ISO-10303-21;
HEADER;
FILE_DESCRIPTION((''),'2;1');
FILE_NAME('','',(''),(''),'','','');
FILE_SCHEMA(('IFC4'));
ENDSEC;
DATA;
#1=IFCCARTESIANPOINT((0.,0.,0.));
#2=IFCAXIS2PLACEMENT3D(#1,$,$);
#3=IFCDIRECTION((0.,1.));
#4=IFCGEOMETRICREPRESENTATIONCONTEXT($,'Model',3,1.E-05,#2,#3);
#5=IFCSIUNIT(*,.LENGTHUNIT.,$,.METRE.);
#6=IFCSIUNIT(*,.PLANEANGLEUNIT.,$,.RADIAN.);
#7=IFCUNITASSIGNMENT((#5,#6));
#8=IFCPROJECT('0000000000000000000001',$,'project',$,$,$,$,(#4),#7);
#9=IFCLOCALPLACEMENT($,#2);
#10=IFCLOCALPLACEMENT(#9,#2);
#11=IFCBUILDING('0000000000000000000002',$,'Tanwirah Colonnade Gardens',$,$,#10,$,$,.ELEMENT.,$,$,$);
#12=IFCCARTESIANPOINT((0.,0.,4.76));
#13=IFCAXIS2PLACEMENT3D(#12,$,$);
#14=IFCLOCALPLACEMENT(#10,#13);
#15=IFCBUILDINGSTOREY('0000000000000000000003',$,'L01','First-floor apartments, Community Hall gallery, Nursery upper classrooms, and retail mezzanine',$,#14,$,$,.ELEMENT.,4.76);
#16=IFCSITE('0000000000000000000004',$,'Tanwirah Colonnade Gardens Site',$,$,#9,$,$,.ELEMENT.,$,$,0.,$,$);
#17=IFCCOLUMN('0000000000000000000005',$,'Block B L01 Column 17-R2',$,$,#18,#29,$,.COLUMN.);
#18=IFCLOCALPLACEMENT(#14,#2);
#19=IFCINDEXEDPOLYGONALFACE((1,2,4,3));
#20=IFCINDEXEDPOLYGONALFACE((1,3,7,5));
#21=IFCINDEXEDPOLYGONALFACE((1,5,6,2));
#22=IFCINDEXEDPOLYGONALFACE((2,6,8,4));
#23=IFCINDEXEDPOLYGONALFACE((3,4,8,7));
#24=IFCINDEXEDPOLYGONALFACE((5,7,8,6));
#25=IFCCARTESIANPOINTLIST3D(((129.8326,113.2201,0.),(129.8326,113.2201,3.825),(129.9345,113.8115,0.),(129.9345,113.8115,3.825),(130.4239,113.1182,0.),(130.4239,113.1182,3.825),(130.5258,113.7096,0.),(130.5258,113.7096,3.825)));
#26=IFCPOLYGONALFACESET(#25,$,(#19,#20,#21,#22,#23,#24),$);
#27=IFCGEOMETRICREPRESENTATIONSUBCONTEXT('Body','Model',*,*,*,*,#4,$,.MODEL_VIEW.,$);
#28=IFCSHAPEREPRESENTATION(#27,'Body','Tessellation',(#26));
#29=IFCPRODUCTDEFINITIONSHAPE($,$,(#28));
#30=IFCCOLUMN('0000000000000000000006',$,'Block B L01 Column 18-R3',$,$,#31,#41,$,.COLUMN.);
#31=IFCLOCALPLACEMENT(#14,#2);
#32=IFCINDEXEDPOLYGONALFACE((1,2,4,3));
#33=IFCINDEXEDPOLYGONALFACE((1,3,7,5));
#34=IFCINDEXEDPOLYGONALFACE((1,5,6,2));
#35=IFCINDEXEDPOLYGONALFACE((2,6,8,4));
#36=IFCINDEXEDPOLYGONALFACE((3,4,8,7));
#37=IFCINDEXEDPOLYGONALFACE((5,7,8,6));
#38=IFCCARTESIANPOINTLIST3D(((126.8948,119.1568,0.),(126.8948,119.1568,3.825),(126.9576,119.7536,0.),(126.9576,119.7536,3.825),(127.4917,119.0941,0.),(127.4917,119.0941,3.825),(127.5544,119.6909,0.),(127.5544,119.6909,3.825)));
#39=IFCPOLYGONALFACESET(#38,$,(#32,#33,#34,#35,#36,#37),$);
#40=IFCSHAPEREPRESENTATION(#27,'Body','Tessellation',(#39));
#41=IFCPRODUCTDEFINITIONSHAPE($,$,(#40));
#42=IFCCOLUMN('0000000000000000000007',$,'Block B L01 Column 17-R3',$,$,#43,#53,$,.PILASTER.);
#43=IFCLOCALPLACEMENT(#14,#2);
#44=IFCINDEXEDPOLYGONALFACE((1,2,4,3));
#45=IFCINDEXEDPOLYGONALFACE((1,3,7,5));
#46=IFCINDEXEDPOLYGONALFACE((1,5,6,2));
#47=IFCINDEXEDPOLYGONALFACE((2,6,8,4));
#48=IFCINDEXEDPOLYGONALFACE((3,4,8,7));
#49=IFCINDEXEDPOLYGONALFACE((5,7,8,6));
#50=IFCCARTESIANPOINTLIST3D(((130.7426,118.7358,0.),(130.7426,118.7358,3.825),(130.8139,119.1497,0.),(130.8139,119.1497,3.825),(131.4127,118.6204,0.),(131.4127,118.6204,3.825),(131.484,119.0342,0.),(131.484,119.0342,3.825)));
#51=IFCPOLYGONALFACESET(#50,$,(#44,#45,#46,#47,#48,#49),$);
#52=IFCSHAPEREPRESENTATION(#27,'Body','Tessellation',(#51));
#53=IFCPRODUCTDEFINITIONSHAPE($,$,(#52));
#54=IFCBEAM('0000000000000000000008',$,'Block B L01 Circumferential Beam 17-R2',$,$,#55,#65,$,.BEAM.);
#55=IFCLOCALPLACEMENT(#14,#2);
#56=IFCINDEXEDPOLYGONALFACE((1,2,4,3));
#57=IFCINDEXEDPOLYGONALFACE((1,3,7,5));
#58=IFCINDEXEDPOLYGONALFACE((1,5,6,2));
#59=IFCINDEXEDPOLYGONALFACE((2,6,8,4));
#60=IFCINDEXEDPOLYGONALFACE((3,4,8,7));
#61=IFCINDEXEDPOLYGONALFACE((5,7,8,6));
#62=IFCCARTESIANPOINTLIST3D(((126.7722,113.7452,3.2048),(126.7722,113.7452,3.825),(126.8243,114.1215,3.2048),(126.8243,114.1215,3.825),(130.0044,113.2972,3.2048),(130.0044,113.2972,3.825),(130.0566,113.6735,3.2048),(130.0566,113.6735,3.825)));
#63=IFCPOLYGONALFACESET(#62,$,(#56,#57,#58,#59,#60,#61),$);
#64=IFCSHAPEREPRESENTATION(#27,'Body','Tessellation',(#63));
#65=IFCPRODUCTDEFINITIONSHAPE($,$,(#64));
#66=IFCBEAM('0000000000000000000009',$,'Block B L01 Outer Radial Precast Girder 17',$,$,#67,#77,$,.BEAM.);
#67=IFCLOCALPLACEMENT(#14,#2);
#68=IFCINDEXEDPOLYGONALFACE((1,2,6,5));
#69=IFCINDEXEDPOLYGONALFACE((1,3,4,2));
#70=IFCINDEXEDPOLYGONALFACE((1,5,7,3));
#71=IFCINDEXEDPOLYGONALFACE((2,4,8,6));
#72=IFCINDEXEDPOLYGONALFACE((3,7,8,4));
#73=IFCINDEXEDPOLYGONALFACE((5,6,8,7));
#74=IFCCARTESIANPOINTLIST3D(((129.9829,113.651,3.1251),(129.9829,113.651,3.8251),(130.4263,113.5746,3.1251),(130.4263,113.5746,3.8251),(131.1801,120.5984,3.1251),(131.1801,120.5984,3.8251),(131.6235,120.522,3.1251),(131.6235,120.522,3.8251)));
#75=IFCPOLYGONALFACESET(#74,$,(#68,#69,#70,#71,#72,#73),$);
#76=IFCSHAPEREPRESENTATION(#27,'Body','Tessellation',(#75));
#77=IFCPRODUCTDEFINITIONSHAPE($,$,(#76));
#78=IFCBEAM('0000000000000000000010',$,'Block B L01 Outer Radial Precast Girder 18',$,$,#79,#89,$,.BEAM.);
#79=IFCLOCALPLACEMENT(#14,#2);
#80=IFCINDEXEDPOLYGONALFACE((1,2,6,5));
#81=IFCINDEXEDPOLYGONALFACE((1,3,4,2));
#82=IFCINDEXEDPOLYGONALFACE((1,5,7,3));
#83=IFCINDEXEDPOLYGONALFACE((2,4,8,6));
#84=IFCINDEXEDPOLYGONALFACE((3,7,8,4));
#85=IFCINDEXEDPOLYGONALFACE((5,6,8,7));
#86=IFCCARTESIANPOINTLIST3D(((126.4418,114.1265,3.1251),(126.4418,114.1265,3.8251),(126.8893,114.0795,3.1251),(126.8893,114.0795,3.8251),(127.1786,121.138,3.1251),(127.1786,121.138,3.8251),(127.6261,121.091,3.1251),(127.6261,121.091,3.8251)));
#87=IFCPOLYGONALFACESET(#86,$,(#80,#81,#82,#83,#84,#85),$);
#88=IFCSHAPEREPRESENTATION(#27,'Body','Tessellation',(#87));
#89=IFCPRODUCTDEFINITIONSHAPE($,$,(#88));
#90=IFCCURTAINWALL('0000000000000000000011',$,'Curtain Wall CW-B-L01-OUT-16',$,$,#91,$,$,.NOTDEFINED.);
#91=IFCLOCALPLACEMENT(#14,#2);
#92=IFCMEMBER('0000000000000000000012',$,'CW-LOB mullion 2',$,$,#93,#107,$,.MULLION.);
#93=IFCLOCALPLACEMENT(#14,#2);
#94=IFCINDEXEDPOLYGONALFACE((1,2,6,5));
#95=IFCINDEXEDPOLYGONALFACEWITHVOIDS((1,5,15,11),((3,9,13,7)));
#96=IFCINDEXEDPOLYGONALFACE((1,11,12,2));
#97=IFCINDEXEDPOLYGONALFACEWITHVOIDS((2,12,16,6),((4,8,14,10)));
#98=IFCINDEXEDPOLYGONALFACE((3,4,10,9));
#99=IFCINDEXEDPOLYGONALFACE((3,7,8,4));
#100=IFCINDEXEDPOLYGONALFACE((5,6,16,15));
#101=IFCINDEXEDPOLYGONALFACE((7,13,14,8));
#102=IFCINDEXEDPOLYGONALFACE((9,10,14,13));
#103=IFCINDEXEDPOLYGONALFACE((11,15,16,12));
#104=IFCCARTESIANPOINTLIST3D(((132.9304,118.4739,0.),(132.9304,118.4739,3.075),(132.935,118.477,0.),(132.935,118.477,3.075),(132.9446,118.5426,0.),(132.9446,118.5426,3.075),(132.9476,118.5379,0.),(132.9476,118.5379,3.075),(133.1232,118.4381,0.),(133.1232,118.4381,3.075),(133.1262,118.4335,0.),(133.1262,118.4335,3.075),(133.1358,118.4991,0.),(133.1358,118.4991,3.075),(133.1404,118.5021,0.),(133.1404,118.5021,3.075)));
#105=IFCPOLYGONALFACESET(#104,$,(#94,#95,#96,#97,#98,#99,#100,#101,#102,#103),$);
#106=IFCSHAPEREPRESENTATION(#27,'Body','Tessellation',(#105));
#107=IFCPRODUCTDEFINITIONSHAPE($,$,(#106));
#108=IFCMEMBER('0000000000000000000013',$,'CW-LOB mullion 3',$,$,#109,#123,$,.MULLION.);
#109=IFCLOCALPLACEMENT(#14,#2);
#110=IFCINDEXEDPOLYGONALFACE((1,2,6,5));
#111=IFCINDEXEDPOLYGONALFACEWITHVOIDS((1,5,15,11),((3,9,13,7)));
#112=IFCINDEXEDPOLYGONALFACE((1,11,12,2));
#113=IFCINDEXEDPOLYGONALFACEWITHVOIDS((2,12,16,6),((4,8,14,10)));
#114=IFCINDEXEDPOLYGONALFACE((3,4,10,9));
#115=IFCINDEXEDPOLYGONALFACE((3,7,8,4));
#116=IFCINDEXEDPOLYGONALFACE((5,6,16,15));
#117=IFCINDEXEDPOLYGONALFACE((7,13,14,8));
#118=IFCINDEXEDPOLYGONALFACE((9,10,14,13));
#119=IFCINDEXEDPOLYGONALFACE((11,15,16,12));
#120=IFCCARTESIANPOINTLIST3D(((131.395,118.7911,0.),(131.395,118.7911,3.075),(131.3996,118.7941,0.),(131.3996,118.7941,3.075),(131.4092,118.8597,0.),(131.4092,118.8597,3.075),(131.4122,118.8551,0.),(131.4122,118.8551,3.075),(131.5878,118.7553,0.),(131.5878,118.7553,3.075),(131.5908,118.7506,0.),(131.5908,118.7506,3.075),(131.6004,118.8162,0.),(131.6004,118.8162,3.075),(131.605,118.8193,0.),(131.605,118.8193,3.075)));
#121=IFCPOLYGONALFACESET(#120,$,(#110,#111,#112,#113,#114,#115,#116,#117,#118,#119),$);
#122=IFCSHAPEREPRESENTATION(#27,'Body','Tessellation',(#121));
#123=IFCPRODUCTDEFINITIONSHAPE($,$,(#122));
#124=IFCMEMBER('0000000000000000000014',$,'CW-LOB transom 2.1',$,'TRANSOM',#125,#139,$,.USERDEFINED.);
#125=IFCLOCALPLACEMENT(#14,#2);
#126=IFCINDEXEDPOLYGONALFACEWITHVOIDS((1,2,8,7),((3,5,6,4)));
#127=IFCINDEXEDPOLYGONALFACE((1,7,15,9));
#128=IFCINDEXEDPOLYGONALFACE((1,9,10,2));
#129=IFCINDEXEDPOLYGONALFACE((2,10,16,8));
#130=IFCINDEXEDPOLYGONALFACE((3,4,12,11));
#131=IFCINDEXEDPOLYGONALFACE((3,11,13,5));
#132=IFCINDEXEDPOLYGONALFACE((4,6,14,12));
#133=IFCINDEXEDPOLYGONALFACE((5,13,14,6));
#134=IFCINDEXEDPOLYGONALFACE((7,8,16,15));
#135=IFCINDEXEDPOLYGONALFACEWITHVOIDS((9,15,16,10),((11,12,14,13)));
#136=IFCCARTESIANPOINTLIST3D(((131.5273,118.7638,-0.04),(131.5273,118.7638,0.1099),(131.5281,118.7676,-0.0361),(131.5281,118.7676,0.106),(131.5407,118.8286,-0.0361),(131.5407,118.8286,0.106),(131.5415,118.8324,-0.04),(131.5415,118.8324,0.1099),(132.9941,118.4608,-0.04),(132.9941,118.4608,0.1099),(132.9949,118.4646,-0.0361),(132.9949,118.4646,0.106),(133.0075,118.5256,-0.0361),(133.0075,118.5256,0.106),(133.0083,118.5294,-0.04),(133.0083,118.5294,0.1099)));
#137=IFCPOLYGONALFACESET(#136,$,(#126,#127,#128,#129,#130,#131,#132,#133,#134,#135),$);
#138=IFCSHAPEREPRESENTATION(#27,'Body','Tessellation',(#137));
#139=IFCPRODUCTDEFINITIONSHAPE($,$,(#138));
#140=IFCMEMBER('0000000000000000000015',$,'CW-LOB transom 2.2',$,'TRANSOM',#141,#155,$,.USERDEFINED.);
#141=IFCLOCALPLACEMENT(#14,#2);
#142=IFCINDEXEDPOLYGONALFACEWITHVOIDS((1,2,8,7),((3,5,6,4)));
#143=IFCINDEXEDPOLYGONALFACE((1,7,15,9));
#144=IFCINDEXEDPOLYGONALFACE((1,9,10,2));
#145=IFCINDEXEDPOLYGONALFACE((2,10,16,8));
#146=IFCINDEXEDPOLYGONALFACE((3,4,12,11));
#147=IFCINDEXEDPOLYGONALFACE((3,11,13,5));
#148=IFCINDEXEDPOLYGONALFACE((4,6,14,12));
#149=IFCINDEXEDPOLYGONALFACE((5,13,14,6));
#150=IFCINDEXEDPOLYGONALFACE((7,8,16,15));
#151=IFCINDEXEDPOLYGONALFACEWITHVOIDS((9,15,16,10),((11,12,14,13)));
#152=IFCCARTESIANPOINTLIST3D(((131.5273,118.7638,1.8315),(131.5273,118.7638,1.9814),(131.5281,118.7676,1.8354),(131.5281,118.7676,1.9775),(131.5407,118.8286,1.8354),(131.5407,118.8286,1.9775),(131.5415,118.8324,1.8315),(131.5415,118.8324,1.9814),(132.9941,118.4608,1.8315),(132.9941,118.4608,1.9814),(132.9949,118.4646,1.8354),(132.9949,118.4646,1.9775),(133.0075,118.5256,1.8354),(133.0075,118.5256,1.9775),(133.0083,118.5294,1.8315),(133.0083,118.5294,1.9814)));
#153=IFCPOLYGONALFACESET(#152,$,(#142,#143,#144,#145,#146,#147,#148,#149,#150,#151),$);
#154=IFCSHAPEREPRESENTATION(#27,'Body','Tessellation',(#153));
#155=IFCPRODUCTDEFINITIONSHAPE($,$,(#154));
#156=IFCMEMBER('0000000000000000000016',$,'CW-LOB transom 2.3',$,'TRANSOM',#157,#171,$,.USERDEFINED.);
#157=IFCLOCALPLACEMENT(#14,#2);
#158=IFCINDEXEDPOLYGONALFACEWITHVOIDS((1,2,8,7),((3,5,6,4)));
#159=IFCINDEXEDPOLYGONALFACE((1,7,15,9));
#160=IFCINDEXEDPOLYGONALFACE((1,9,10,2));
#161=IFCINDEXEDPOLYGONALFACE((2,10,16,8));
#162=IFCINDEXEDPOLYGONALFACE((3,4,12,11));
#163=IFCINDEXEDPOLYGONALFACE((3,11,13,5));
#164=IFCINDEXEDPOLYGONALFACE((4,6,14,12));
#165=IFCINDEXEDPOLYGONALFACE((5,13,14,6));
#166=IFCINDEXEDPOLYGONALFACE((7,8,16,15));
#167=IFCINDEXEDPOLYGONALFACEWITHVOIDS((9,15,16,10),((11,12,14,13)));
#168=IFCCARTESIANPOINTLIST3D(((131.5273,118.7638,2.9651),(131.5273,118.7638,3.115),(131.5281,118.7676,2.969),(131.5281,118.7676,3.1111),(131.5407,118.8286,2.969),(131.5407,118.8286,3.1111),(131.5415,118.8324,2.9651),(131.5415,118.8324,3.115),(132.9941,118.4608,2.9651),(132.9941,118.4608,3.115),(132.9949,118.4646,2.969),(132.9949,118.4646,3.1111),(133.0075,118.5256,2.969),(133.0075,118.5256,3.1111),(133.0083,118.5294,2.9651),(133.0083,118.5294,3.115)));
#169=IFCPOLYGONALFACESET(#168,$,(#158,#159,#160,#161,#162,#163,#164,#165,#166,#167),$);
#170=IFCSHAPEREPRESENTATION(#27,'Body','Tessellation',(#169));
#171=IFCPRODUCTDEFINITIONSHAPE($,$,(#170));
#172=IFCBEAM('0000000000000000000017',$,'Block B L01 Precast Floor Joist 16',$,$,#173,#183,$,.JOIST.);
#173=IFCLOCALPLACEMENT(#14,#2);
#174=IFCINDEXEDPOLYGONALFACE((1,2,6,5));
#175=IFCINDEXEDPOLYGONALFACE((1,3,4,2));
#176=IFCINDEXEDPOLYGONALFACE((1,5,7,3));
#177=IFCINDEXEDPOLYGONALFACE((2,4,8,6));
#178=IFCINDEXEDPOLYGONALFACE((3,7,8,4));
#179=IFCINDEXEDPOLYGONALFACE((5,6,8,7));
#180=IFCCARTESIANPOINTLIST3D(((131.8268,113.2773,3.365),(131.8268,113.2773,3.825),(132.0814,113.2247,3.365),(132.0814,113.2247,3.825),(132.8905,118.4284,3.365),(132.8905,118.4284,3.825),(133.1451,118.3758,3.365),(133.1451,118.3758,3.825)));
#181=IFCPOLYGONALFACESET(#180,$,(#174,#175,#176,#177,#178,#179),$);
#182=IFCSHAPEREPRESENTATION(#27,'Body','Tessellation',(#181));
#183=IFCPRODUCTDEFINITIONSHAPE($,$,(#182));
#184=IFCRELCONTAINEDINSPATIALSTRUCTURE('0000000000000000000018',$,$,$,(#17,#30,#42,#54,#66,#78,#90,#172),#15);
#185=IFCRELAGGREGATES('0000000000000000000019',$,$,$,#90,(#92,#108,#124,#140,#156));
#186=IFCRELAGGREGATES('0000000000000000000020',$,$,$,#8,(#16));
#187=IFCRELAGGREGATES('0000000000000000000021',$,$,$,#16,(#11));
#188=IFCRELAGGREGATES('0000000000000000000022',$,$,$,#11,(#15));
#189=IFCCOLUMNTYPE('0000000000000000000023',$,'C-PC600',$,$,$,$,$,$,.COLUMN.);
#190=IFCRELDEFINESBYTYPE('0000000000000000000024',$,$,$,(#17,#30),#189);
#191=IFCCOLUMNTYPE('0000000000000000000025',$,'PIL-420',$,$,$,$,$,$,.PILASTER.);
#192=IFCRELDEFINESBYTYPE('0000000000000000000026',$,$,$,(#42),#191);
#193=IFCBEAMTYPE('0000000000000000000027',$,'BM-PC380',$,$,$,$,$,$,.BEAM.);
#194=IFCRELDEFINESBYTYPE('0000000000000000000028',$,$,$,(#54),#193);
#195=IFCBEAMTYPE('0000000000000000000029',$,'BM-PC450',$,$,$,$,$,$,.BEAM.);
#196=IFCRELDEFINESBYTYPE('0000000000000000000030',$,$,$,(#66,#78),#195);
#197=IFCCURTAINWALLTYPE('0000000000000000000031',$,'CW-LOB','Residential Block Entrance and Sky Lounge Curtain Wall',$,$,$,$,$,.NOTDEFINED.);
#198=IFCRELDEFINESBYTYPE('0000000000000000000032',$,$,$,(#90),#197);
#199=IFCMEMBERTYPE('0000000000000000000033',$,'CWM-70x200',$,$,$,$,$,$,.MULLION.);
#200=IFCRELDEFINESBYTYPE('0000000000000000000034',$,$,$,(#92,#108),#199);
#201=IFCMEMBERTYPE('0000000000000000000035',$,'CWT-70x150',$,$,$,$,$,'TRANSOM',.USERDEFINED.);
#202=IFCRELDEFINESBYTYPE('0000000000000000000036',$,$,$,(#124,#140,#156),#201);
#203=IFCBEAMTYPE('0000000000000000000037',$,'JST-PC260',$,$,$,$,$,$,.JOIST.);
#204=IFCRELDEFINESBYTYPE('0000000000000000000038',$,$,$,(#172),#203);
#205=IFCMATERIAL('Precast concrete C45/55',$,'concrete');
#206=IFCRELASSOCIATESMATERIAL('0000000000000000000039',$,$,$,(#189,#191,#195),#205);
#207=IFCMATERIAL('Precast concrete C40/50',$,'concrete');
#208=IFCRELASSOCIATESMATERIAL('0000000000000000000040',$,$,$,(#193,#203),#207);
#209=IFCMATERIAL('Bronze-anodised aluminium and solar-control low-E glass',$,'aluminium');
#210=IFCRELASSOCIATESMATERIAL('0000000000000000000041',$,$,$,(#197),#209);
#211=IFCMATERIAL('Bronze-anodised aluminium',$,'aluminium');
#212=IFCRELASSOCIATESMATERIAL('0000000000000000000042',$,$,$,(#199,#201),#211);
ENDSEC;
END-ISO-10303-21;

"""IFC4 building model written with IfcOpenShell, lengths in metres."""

from ifc_helpers import new_model, si_unit, direction, frame, origin, origin_2d, place, context, subcontext, project, spatial, rectangle, hollow_rectangle, extrude, material, material_profile, profile_set, type_object, element, aggregate, save


model = new_model("IFC4")

# Units and contexts
model_context = context("Model", 3, precision=1e-05, world=origin(), true_north=direction((0.0, 1.0)))
body_context = subcontext(model_context, "Body", "Model", "MODEL_VIEW")
ifc_project = project(units=[si_unit("LENGTHUNIT", "METRE"), si_unit("PLANEANGLEUNIT", "RADIAN")], contexts=[model_context])

# Site, building, storey
site_placement = place(None, origin())
site = spatial("IfcSite", under=ifc_project, at=site_placement, Name="Tanwirah Colonnade Gardens Site", CompositionType="ELEMENT", RefElevation=0.0)
building_placement = place(site_placement, origin())
building = spatial("IfcBuilding", under=site, at=building_placement, Name="Tanwirah Colonnade Gardens", CompositionType="ELEMENT")
storey_placement = place(building_placement, frame((0.0, 0.0, 4.76)))
storey = spatial("IfcBuildingStorey", under=building, at=storey_placement, Name="L01", Description="First-floor apartments, Community Hall gallery, Nursery upper classrooms, and retail mezzanine", CompositionType="ELEMENT", Elevation=4.76)

# Columns
ifc_material_1 = material(Name="Precast concrete C45/55", Category="concrete")
ifc_material_profile_1 = material_profile(ifc_material_1, rectangle(XDim=0.6001, YDim=0.6001, at=origin_2d()), Name="PC-COL 600x600")
ifc_profile_set_1 = profile_set([ifc_material_profile_1], Name="Precast concrete C45/55")
column_type_1 = type_object("IfcColumnType", Name="C-PC600", PredefinedType="COLUMN", material=ifc_profile_set_1)
for number, where, z_axis, x_axis, name in (
    (1, (130.1792, 113.4648, 0.0), (0.0, 0.0, 1.0), (0.169827, 0.985474, 0.0), "Block B L01 Column 17-R2"),
    (2, (127.2246, 119.4238, 0.0), (0.0, 0.0, 1.0), (0.104528, 0.994522, 0.0), "Block B L01 Column 18-R3"),
):
    element("IfcColumn", number, at=place(storey_placement, frame(where, z_axis=z_axis, x_axis=x_axis)), inside=storey, type_object=column_type_1, Name=name, PredefinedType="COLUMN", context=body_context, shape_type="SweptSolid", body=[
        extrude(rectangle(XDim=0.6001, YDim=0.6001, at=origin_2d()), origin(), (0.0, 0.0, 1.0), 3.825),
    ])
ifc_material_profile_2 = material_profile(ifc_material_1, rectangle(XDim=0.4199, YDim=0.6799, at=origin_2d()), Name="PC-PIL 420x680")
ifc_profile_set_2 = profile_set([ifc_material_profile_2], Name="Precast concrete C45/55")
column_type_2 = type_object("IfcColumnType", Name="PIL-420", PredefinedType="PILASTER", material=ifc_profile_set_2)
column_placement = place(storey_placement, frame((131.1133, 118.885, 0.0), z_axis=(0.0, 0.0, 1.0), x_axis=(0.169827, 0.985474, 0.0)))
element("IfcColumn", 3, at=column_placement, inside=storey, type_object=column_type_2, Name="Block B L01 Column 17-R3", PredefinedType="PILASTER", context=body_context, shape_type="SweptSolid", body=[
    extrude(rectangle(XDim=0.4199, YDim=0.6799, at=origin_2d()), origin(), (0.0, 0.0, 1.0), 3.825),
])

# Beams
ifc_material_2 = material(Name="Precast concrete C40/50", Category="concrete")
ifc_material_profile_3 = material_profile(ifc_material_2, rectangle(XDim=0.3799, YDim=0.6201, at=origin_2d()), Name="PC-BM 380x620")
ifc_profile_set_3 = profile_set([ifc_material_profile_3], Name="Precast concrete C40/50")
beam_type_1 = type_object("IfcBeamType", Name="BM-PC380", PredefinedType="BEAM", material=ifc_profile_set_3)
beam_1_placement = place(storey_placement, frame((130.0305, 113.4854, 3.5149), z_axis=(-0.99053, 0.137293, 0.0), x_axis=(-0.137293, -0.99053, 0.0)))
element("IfcBeam", 4, at=beam_1_placement, inside=storey, type_object=beam_type_1, Name="Block B L01 Circumferential Beam 17-R2", PredefinedType="BEAM", context=body_context, shape_type="SweptSolid", body=[
    extrude(rectangle(XDim=0.3799, YDim=0.6201, at=origin_2d()), origin(), (0.0, 0.0, 1.0), 3.2632),
])
ifc_material_profile_4 = material_profile(ifc_material_1, rectangle(XDim=0.45, YDim=0.7, at=origin_2d()), Name="PC-BM 450x700")
ifc_profile_set_4 = profile_set([ifc_material_profile_4], Name="Precast concrete C45/55")
beam_type_2 = type_object("IfcBeamType", Name="BM-PC450", PredefinedType="BEAM", material=ifc_profile_set_4)
beam_2_placement = place(storey_placement, frame((130.2046, 113.6128, 3.4751), z_axis=(0.169827, 0.985474, 0.0), x_axis=(-0.985474, 0.169827, 0.0)))
element("IfcBeam", 5, at=beam_2_placement, inside=storey, type_object=beam_type_2, Name="Block B L01 Outer Radial Precast Girder 17", PredefinedType="BEAM", context=body_context, shape_type="SweptSolid", body=[
    extrude(rectangle(XDim=0.45, YDim=0.7, at=origin_2d()), origin(), (0.0, 0.0, 1.0), 7.0498),
])
beam_3_placement = place(storey_placement, frame((126.6655, 114.103, 3.4751), z_axis=(0.104512, 0.994524, 0.0), x_axis=(-0.994524, 0.104512, 0.0)))
element("IfcBeam", 6, at=beam_3_placement, inside=storey, type_object=beam_type_2, Name="Block B L01 Outer Radial Precast Girder 18", PredefinedType="BEAM", context=body_context, shape_type="SweptSolid", body=[
    extrude(rectangle(XDim=0.45, YDim=0.7, at=origin_2d()), origin(), (0.0, 0.0, 1.0), 7.05),
])

# Curtain wall, members
ifc_material_3 = material(Name="Bronze-anodised aluminium and solar-control low-E glass", Category="aluminium")
curtain_wall_type = type_object("IfcCurtainWallType", Name="CW-LOB", Description="Residential Block Entrance and Sky Lounge Curtain Wall", PredefinedType="NOTDEFINED", material=ifc_material_3)
curtain_wall_placement = place(storey_placement, origin())
curtain_wall = element("IfcCurtainWall", 7, at=curtain_wall_placement, inside=storey, type_object=curtain_wall_type, Name="Curtain Wall CW-B-L01-OUT-16", PredefinedType="NOTDEFINED")
ifc_material_4 = material(Name="Bronze-anodised aluminium", Category="aluminium")
ifc_material_profile_5 = material_profile(ifc_material_4, hollow_rectangle(XDim=0.0701, YDim=0.2, WallThickness=0.0039, at=origin_2d()), Name="CW-MUL 70x200x4")
ifc_profile_set_5 = profile_set([ifc_material_profile_5], Name="Bronze-anodised aluminium")
member_type_1 = type_object("IfcMemberType", Name="CWM-70x200", PredefinedType="MULLION", material=ifc_profile_set_5)
member_1_placement = place(storey_placement, frame((133.0354, 118.488, 0.0), z_axis=(0.0, 0.0, 1.0), x_axis=(-0.202218, -0.979341, 0.0)))
member_1 = element("IfcMember", 8, at=member_1_placement, type_object=member_type_1, Name="CW-LOB mullion 2", PredefinedType="MULLION", context=body_context, shape_type="SweptSolid", body=[
    extrude(hollow_rectangle(XDim=0.0701, YDim=0.2, WallThickness=0.0039, at=origin_2d()), origin(), (0.0, 0.0, 1.0), 3.075),
])
member_2_placement = place(storey_placement, frame((131.5, 118.8052, 0.0), z_axis=(0.0, 0.0, 1.0), x_axis=(-0.202218, -0.979341, 0.0)))
member_2 = element("IfcMember", 9, at=member_2_placement, type_object=member_type_1, Name="CW-LOB mullion 3", PredefinedType="MULLION", context=body_context, shape_type="SweptSolid", body=[
    extrude(hollow_rectangle(XDim=0.0701, YDim=0.2, WallThickness=0.0039, at=origin_2d()), origin(), (0.0, 0.0, 1.0), 3.075),
])
ifc_material_profile_6 = material_profile(ifc_material_4, hollow_rectangle(XDim=0.0701, YDim=0.1499, WallThickness=0.0039, at=origin_2d()), Name="CW-TRN 70x150x4")
ifc_profile_set_6 = profile_set([ifc_material_profile_6], Name="Bronze-anodised aluminium")
member_type_2 = type_object("IfcMemberType", Name="CWT-70x150", ElementType="TRANSOM", PredefinedType="USERDEFINED", material=ifc_profile_set_6)
member_3_placement = place(storey_placement, frame((133.0012, 118.4951, 0.0349), z_axis=(-0.979326, 0.202288, 0.0), x_axis=(-0.202288, -0.979326, 0.0)))
member_3 = element("IfcMember", 10, at=member_3_placement, type_object=member_type_2, Name="CW-LOB transom 2.1", ObjectType="TRANSOM", PredefinedType="USERDEFINED", context=body_context, shape_type="SweptSolid", body=[
    extrude(hollow_rectangle(XDim=0.0701, YDim=0.1499, WallThickness=0.0039, at=origin_2d()), origin(), (0.0, 0.0, 1.0), 1.4978),
])
member_4_placement = place(storey_placement, frame((133.0012, 118.4951, 1.9065), z_axis=(-0.979326, 0.202288, 0.0), x_axis=(-0.202288, -0.979326, 0.0)))
member_4 = element("IfcMember", 11, at=member_4_placement, type_object=member_type_2, Name="CW-LOB transom 2.2", ObjectType="TRANSOM", PredefinedType="USERDEFINED", context=body_context, shape_type="SweptSolid", body=[
    extrude(hollow_rectangle(XDim=0.0701, YDim=0.1499, WallThickness=0.0039, at=origin_2d()), origin(), (0.0, 0.0, 1.0), 1.4978),
])
member_5_placement = place(storey_placement, frame((133.0012, 118.4951, 3.04), z_axis=(-0.979326, 0.202288, 0.0), x_axis=(-0.202288, -0.979326, 0.0)))
member_5 = element("IfcMember", 12, at=member_5_placement, type_object=member_type_2, Name="CW-LOB transom 2.3", ObjectType="TRANSOM", PredefinedType="USERDEFINED", context=body_context, shape_type="SweptSolid", body=[
    extrude(hollow_rectangle(XDim=0.0701, YDim=0.1499, WallThickness=0.0039, at=origin_2d()), origin(), (0.0, 0.0, 1.0), 1.4978),
])

# Beam
ifc_material_profile_7 = material_profile(ifc_material_2, rectangle(XDim=0.26, YDim=0.46, at=origin_2d()), Name="PC-JST 260x460")
ifc_profile_set_7 = profile_set([ifc_material_profile_7], Name="Precast concrete C40/50")
beam_type_3 = type_object("IfcBeamType", Name="JST-PC260", PredefinedType="JOIST", material=ifc_profile_set_7)
beam_4_placement = place(storey_placement, frame((131.9541, 113.251, 3.595), z_axis=(0.202236, 0.979337, 0.0), x_axis=(-0.979337, 0.202236, 0.0)))
element("IfcBeam", 13, at=beam_4_placement, inside=storey, type_object=beam_type_3, Name="Block B L01 Precast Floor Joist 16", PredefinedType="JOIST", context=body_context, shape_type="SweptSolid", body=[
    extrude(rectangle(XDim=0.26, YDim=0.46, at=origin_2d()), origin(), (0.0, 0.0, 1.0), 5.2598),
])

aggregate(curtain_wall, [member_1, member_2, member_3, member_4, member_5])

save(model, "model.ifc")
